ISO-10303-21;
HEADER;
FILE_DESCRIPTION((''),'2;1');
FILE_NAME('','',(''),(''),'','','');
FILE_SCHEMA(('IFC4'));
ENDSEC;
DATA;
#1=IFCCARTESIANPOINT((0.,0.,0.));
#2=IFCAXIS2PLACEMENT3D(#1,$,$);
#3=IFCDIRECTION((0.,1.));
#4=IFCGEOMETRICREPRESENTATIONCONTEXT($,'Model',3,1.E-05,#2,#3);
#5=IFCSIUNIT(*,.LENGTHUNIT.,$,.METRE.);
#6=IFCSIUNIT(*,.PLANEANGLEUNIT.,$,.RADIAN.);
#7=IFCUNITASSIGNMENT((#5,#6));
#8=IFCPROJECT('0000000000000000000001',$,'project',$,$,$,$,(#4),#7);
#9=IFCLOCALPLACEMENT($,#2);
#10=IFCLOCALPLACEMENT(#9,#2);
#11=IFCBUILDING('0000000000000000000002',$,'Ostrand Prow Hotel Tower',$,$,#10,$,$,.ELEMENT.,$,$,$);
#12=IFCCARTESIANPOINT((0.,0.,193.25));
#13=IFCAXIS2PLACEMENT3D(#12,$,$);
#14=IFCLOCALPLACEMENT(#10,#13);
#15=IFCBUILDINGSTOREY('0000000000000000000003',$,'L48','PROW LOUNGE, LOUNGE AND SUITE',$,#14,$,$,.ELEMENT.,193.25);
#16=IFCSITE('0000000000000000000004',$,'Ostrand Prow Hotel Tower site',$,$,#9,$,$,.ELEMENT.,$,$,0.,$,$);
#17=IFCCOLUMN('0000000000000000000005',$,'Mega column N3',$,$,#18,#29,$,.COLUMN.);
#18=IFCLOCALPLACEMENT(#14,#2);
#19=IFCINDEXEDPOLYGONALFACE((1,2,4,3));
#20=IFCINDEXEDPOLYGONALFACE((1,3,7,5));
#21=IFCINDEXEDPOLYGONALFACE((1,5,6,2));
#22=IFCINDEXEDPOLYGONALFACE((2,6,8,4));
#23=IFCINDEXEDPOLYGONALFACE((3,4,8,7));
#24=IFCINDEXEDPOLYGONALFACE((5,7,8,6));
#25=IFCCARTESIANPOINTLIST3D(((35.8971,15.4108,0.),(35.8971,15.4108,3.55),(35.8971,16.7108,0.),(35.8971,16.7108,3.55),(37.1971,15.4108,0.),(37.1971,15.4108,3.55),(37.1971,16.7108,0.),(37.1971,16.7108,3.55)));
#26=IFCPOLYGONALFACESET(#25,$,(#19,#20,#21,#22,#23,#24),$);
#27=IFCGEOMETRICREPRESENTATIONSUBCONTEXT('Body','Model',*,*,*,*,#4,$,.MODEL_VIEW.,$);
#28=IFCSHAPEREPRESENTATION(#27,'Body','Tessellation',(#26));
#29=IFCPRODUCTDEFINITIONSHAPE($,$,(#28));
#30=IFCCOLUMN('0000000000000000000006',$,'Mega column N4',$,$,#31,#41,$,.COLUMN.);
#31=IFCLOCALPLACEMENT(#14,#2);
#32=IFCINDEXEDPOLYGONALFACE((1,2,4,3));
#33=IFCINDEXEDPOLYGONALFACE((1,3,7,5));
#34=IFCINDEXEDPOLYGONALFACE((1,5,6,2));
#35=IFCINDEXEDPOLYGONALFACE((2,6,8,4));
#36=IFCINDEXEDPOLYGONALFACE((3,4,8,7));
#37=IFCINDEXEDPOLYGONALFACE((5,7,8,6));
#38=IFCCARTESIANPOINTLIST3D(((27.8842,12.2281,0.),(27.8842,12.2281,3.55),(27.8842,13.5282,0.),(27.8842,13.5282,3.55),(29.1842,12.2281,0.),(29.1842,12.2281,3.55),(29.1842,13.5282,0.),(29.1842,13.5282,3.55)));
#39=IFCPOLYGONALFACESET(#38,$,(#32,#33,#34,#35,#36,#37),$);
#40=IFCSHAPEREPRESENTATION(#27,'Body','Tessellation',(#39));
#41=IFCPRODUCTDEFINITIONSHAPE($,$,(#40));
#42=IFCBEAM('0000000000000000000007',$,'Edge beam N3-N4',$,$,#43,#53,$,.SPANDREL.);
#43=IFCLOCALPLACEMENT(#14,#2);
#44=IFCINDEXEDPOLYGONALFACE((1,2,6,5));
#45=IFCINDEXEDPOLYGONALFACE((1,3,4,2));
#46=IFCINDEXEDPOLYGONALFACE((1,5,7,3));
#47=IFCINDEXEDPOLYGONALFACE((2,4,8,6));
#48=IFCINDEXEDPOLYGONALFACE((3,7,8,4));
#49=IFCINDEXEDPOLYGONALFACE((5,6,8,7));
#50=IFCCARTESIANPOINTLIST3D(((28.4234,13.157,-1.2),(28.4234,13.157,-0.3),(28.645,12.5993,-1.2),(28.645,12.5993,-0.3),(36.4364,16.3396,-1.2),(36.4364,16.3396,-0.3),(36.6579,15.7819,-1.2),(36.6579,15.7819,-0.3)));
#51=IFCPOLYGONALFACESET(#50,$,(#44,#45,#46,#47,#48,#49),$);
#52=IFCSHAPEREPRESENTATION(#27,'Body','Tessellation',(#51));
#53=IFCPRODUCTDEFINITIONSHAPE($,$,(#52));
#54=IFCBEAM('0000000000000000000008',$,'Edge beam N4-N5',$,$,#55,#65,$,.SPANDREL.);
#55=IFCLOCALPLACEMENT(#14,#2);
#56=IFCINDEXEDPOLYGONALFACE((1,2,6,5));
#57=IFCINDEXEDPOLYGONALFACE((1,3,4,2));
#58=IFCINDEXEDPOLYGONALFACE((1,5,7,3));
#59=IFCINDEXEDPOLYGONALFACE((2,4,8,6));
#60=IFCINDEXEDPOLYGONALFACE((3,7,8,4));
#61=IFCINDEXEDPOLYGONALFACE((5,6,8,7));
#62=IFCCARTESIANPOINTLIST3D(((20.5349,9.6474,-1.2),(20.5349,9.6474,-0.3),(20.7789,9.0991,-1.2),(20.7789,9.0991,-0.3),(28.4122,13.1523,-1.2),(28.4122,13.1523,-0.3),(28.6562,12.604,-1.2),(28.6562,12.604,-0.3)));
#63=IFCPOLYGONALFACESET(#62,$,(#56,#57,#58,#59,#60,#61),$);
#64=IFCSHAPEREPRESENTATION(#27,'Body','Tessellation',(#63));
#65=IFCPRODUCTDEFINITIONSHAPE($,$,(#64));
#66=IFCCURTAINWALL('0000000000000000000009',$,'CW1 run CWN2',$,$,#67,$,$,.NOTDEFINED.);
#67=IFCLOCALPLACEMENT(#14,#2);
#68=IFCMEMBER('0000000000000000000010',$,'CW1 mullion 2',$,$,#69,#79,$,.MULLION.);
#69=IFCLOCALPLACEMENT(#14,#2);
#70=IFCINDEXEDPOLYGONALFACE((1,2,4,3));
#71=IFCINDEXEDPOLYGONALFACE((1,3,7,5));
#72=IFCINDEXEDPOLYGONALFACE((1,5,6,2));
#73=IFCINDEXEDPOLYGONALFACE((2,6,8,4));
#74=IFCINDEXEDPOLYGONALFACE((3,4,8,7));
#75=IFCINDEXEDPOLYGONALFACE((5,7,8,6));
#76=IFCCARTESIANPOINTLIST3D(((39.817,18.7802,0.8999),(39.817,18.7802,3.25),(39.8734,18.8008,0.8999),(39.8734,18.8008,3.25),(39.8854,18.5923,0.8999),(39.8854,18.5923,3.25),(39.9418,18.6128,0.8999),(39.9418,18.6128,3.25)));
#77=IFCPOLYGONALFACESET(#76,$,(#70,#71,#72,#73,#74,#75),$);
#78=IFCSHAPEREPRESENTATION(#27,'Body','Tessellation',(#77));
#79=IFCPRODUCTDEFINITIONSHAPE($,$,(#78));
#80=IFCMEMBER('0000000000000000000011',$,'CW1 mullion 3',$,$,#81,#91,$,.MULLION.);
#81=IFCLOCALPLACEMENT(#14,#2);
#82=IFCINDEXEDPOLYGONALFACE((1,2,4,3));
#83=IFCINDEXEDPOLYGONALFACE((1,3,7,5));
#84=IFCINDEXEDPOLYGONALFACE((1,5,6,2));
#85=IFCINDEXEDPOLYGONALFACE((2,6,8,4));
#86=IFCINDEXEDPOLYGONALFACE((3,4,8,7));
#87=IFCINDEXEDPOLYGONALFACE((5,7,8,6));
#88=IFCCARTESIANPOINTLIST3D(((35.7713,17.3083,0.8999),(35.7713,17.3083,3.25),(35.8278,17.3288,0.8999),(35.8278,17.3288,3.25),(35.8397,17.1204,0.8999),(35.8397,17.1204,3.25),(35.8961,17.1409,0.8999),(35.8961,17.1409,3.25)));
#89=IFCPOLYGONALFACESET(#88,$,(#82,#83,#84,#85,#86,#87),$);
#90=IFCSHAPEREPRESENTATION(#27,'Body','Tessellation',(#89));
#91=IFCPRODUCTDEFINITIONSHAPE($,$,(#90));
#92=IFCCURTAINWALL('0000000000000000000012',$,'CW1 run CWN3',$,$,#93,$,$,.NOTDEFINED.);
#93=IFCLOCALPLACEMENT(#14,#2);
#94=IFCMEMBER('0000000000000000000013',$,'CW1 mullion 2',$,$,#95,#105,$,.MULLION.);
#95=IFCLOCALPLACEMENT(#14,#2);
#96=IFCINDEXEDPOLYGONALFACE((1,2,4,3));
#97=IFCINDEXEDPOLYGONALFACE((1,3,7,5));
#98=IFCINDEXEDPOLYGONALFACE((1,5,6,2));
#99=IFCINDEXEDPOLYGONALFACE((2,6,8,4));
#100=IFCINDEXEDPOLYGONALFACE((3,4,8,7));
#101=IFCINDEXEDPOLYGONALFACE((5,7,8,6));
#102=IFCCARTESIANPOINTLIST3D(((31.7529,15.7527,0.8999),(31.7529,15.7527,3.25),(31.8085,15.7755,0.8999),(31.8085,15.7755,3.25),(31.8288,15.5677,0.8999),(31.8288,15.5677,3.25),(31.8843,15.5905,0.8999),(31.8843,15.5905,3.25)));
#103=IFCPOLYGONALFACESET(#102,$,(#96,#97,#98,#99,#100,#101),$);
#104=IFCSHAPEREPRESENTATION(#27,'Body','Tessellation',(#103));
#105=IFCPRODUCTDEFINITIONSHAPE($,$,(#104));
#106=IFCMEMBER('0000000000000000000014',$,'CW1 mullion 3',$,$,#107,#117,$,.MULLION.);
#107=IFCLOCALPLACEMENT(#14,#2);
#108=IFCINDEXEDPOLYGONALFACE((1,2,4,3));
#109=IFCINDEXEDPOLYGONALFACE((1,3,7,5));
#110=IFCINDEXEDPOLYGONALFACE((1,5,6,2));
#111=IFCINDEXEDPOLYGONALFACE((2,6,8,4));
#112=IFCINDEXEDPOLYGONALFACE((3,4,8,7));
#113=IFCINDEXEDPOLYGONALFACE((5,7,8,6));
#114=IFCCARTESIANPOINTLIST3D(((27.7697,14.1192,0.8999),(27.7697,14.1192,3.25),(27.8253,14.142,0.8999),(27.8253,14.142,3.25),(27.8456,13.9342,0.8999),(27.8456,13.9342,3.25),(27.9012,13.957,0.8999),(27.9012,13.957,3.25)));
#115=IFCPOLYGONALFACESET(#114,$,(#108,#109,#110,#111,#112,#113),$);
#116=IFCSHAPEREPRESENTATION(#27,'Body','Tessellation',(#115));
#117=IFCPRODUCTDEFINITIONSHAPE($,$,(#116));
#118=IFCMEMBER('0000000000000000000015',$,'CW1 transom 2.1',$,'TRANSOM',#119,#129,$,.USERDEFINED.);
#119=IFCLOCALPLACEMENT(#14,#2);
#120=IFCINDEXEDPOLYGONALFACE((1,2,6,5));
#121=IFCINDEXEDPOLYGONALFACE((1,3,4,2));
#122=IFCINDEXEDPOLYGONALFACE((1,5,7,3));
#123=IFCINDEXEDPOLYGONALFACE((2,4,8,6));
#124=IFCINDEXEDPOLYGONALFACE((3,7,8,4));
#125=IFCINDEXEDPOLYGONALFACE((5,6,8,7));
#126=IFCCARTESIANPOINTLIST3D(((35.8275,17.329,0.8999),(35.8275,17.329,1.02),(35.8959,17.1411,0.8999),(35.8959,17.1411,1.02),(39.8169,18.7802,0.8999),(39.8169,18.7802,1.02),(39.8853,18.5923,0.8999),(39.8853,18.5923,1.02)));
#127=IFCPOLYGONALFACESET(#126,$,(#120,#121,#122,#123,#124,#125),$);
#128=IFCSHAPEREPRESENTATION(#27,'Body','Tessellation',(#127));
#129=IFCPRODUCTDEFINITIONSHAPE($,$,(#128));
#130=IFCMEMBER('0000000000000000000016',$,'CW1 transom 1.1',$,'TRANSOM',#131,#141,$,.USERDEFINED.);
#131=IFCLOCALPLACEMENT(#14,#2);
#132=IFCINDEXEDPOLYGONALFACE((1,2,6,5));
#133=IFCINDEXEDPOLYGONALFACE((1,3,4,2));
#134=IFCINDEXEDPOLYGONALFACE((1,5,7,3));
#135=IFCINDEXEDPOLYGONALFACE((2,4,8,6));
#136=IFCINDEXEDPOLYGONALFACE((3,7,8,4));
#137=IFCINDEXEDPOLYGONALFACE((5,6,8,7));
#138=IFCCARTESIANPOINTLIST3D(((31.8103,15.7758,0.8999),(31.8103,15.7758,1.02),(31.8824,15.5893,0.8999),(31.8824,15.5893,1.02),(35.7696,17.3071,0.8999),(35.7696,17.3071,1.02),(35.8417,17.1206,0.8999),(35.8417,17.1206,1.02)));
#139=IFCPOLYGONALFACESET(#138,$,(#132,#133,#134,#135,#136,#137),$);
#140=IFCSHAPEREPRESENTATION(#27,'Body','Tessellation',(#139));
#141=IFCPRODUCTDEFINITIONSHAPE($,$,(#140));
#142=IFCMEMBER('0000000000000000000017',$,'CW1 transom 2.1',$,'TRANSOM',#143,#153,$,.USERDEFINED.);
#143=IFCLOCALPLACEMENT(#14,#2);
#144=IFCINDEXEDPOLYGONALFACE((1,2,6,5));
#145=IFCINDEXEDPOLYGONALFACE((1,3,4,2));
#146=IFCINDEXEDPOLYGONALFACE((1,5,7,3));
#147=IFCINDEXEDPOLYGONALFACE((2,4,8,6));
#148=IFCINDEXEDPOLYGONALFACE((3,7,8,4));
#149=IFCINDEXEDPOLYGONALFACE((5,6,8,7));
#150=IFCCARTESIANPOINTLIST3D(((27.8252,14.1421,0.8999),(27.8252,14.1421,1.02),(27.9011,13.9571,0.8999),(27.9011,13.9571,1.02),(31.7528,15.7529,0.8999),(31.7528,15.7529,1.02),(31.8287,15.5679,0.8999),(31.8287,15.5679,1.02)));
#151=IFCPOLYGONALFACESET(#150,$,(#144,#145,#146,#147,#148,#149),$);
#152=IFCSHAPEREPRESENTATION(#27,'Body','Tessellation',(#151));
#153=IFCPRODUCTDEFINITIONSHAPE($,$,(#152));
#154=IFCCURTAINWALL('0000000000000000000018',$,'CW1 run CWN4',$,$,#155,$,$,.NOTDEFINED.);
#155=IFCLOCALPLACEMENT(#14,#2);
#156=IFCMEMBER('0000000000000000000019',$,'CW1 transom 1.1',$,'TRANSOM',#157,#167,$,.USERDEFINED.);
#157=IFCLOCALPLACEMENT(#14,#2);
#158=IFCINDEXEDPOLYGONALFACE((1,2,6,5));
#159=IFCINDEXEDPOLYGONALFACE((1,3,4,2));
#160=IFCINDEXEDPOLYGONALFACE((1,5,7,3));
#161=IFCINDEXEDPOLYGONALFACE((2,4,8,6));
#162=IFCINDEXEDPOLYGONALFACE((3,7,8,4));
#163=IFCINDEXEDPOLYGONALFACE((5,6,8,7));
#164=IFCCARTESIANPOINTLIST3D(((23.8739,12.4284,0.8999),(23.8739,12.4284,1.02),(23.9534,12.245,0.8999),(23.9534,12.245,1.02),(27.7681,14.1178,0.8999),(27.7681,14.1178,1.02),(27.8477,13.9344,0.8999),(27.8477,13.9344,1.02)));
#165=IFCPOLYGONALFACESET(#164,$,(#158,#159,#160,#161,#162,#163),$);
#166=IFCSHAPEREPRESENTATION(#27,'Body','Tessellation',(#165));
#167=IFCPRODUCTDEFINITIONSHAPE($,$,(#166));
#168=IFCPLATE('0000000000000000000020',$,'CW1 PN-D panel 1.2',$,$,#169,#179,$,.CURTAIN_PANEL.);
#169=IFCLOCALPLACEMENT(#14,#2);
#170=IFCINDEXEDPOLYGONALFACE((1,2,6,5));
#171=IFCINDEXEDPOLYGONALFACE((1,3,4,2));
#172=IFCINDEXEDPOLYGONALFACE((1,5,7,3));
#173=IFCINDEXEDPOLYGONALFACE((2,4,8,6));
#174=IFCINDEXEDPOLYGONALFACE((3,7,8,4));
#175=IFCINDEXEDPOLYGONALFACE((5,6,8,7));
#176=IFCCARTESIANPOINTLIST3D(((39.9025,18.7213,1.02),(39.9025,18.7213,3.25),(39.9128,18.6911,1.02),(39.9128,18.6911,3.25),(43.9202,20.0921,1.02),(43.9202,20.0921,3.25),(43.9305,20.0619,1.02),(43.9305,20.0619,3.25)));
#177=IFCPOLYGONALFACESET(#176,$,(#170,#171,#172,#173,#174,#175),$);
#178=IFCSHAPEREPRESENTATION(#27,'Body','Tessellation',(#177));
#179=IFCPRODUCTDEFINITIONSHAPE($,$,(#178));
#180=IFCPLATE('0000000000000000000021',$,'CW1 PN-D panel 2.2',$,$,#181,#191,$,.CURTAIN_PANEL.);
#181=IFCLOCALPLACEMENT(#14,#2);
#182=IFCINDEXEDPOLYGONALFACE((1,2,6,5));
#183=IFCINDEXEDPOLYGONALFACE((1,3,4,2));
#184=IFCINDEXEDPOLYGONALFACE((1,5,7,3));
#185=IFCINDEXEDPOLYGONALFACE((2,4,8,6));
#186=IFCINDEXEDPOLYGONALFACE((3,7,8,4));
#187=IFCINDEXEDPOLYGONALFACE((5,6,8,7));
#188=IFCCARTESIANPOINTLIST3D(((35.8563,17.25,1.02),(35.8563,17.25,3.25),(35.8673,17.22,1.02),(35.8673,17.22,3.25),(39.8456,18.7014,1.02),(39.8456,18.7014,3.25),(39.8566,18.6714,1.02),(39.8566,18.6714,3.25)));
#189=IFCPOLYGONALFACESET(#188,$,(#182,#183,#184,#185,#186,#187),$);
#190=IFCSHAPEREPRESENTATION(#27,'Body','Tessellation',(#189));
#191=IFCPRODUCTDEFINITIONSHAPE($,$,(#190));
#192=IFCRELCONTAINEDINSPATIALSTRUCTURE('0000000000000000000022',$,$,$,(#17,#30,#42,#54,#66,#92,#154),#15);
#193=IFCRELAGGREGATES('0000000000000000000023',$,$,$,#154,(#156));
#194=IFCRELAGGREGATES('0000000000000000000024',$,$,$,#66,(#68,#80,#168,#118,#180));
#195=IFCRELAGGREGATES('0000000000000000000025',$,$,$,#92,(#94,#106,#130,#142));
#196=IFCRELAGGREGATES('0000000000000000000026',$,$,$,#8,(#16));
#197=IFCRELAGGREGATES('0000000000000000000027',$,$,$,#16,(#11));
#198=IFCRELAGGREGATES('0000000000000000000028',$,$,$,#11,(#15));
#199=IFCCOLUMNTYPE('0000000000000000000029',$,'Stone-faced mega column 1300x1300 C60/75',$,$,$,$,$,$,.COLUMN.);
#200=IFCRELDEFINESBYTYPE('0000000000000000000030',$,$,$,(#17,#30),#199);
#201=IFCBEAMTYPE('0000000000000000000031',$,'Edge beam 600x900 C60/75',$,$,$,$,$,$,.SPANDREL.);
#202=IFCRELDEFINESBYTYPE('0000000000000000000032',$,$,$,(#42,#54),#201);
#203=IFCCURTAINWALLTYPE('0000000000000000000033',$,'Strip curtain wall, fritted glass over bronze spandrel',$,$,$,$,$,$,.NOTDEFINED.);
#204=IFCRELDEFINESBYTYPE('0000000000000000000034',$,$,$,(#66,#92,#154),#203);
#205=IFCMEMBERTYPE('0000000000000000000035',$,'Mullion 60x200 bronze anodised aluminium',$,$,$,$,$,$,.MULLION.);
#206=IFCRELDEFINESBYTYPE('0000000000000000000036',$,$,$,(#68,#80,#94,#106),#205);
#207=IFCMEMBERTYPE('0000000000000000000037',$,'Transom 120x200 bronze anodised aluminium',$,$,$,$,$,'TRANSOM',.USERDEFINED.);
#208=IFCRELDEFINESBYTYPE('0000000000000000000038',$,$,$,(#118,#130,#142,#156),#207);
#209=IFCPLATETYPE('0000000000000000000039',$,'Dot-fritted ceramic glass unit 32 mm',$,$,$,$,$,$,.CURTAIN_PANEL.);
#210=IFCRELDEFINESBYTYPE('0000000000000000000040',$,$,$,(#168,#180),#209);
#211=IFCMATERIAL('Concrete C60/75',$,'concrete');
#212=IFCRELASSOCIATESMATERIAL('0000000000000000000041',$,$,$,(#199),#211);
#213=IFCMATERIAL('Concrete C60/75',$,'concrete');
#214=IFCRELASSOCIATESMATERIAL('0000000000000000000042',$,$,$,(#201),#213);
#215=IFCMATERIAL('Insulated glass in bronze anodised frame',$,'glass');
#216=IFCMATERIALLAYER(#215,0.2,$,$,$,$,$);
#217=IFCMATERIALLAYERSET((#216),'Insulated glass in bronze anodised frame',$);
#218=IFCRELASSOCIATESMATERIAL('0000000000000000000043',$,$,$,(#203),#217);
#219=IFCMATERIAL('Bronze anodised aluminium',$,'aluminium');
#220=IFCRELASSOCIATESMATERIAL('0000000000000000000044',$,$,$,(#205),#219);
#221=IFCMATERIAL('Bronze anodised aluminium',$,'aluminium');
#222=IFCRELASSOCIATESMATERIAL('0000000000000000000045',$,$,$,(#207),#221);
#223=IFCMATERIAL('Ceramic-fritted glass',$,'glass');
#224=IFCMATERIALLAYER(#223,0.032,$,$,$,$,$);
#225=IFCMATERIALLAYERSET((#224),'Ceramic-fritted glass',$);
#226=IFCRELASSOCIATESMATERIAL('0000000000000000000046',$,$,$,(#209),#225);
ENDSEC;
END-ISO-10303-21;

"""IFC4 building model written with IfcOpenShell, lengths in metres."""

from ifc_helpers import new_model, si_unit, direction, frame, origin, origin_2d, place, context, subcontext, project, spatial, rectangle, extrude, material, layer, layer_set, material_profile, profile_set, type_object, element, aggregate, save


model = new_model("IFC4")

# Units and contexts
model_context = context("Model", 3, precision=1e-05, world=origin(), true_north=direction((0.0, 1.0)))
body_context = subcontext(model_context, "Body", "Model", "MODEL_VIEW")
ifc_project = project(units=[si_unit("LENGTHUNIT", "METRE"), si_unit("PLANEANGLEUNIT", "RADIAN")], contexts=[model_context])

# Site, building, storey
site_placement = place(None, origin())
site = spatial("IfcSite", under=ifc_project, at=site_placement, Name="Ostrand Prow Hotel Tower site", CompositionType="ELEMENT", RefElevation=0.0)
building_placement = place(site_placement, origin())
building = spatial("IfcBuilding", under=site, at=building_placement, Name="Ostrand Prow Hotel Tower", CompositionType="ELEMENT")
storey_placement = place(building_placement, frame((0.0, 0.0, 193.25)))
storey = spatial("IfcBuildingStorey", under=building, at=storey_placement, Name="L48", Description="PROW LOUNGE, LOUNGE AND SUITE", CompositionType="ELEMENT", Elevation=193.25)

# Columns
ifc_material_1 = material(Name="Concrete C60/75", Category="concrete")
ifc_material_profile_1 = material_profile(ifc_material_1, rectangle(XDim=1.3, YDim=1.3, at=origin_2d()), Name="RC 1300x1300")
ifc_profile_set_1 = profile_set([ifc_material_profile_1], Name="Concrete C60/75")
column_type = type_object("IfcColumnType", Name="Stone-faced mega column 1300x1300 C60/75", PredefinedType="COLUMN", material=ifc_profile_set_1)
for number, where, z_axis, x_axis, name in (
    (1, (36.5471, 16.0608, 0.0), (0.0, 0.0, 1.0), (1.0, 0.0, 0.0), "Mega column N3"),
    (2, (28.5342, 12.8782, 0.0), (0.0, 0.0, 1.0), (1.0, 0.0, 0.0), "Mega column N4"),
):
    element("IfcColumn", number, at=place(storey_placement, frame(where, z_axis=z_axis, x_axis=x_axis)), inside=storey, type_object=column_type, Name=name, PredefinedType="COLUMN", context=body_context, shape_type="SweptSolid", body=[
        extrude(rectangle(XDim=1.3, YDim=1.3, at=origin_2d()), origin(), (0.0, 0.0, 1.0), 3.55),
    ])

# Beams
ifc_material_2 = material(Name="Concrete C60/75", Category="concrete")
ifc_material_profile_2 = material_profile(ifc_material_2, rectangle(XDim=0.6001, YDim=0.8999, at=origin_2d()), Name="RC 600x900")
ifc_profile_set_2 = profile_set([ifc_material_profile_2], Name="Concrete C60/75")
beam_type = type_object("IfcBeamType", Name="Edge beam 600x900 C60/75", PredefinedType="SPANDREL", material=ifc_profile_set_2)
for number, where, z_axis, x_axis, name in (
    (3, (36.5471, 16.0608, -0.75), (-0.929376, -0.369134, 0.0), (0.369134, -0.929376, 0.0), "Edge beam N3-N4"),
    (4, (28.5342, 12.8782, -0.75), (-0.913643, -0.406517, 0.0), (0.406517, -0.913643, 0.0), "Edge beam N4-N5"),
):
    element("IfcBeam", number, at=place(storey_placement, frame(where, z_axis=z_axis, x_axis=x_axis)), inside=storey, type_object=beam_type, Name=name, PredefinedType="SPANDREL", context=body_context, shape_type="SweptSolid", body=[
        extrude(rectangle(XDim=0.6001, YDim=0.8999, at=origin_2d()), origin(), (0.0, 0.0, 1.0), 8.6218),
    ])

# Curtain walls, members
ifc_material_3 = material(Name="Insulated glass in bronze anodised frame", Category="glass")
ifc_layer_1 = layer(ifc_material_3, 0.2)
ifc_layer_set_1 = layer_set([ifc_layer_1], Name="Insulated glass in bronze anodised frame")
curtain_wall_type = type_object("IfcCurtainWallType", Name="Strip curtain wall, fritted glass over bronze spandrel", PredefinedType="NOTDEFINED", material=ifc_layer_set_1)
curtain_wall_1_placement = place(storey_placement, origin())
curtain_wall_1 = element("IfcCurtainWall", 5, at=curtain_wall_1_placement, inside=storey, type_object=curtain_wall_type, Name="CW1 run CWN2", PredefinedType="NOTDEFINED")
ifc_material_4 = material(Name="Bronze anodised aluminium", Category="aluminium")
ifc_material_profile_3 = material_profile(ifc_material_4, rectangle(XDim=0.2, YDim=0.0601, at=origin_2d()), Name="Mullion 60x200 bronze anodised aluminium")
ifc_profile_set_3 = profile_set([ifc_material_profile_3], Name="Bronze anodised aluminium")
member_type_1 = type_object("IfcMemberType", Name="Mullion 60x200 bronze anodised aluminium", PredefinedType="MULLION", material=ifc_profile_set_3)
member_1_placement = place(storey_placement, frame((39.8794, 18.6965, 0.8999), z_axis=(0.0, 0.0, 1.0), x_axis=(0.341897, -0.939737, 0.0)))
member_1 = element("IfcMember", 6, at=member_1_placement, type_object=member_type_1, Name="CW1 mullion 2", PredefinedType="MULLION", context=body_context, shape_type="SweptSolid", body=[
    extrude(rectangle(XDim=0.2, YDim=0.0601, at=origin_2d()), origin(), (0.0, 0.0, 1.0), 2.3501),
])
member_2_placement = place(storey_placement, frame((35.8337, 17.2246, 0.8999), z_axis=(0.0, 0.0, 1.0), x_axis=(0.341897, -0.939737, 0.0)))
member_2 = element("IfcMember", 7, at=member_2_placement, type_object=member_type_1, Name="CW1 mullion 3", PredefinedType="MULLION", context=body_context, shape_type="SweptSolid", body=[
    extrude(rectangle(XDim=0.2, YDim=0.0601, at=origin_2d()), origin(), (0.0, 0.0, 1.0), 2.3501),
])
curtain_wall_2_placement = place(storey_placement, origin())
curtain_wall_2 = element("IfcCurtainWall", 8, at=curtain_wall_2_placement, inside=storey, type_object=curtain_wall_type, Name="CW1 run CWN3", PredefinedType="NOTDEFINED")
member_3_placement = place(storey_placement, frame((31.8186, 15.6716, 0.8999), z_axis=(0.0, 0.0, 1.0), x_axis=(0.379453, -0.925211, 0.0)))
member_3 = element("IfcMember", 9, at=member_3_placement, type_object=member_type_1, Name="CW1 mullion 2", PredefinedType="MULLION", context=body_context, shape_type="SweptSolid", body=[
    extrude(rectangle(XDim=0.2, YDim=0.0601, at=origin_2d()), origin(), (0.0, 0.0, 1.0), 2.3501),
])
member_4_placement = place(storey_placement, frame((27.8354, 14.0381, 0.8999), z_axis=(0.0, 0.0, 1.0), x_axis=(0.379453, -0.925211, 0.0)))
member_4 = element("IfcMember", 10, at=member_4_placement, type_object=member_type_1, Name="CW1 mullion 3", PredefinedType="MULLION", context=body_context, shape_type="SweptSolid", body=[
    extrude(rectangle(XDim=0.2, YDim=0.0601, at=origin_2d()), origin(), (0.0, 0.0, 1.0), 2.3501),
])

# Members
ifc_material_5 = material(Name="Bronze anodised aluminium", Category="aluminium")
ifc_material_profile_4 = material_profile(ifc_material_5, rectangle(XDim=0.2, YDim=0.1201, at=origin_2d()), Name="Transom 120x200 bronze anodised aluminium")
ifc_profile_set_4 = profile_set([ifc_material_profile_4], Name="Bronze anodised aluminium")
member_type_2 = type_object("IfcMemberType", Name="Transom 120x200 bronze anodised aluminium", ElementType="TRANSOM", PredefinedType="USERDEFINED", material=ifc_profile_set_4)
member_5_placement = place(storey_placement, frame((39.8511, 18.6863, 0.96), z_axis=(-0.939753, -0.341854, 0.0), x_axis=(0.341854, -0.939753, 0.0)))
member_5 = element("IfcMember", 11, at=member_5_placement, type_object=member_type_2, Name="CW1 transom 2.1", ObjectType="TRANSOM", PredefinedType="USERDEFINED", context=body_context, shape_type="SweptSolid", body=[
    extrude(rectangle(XDim=0.2, YDim=0.1201, at=origin_2d()), origin(), (0.0, 0.0, 1.0), 4.2451),
])
member_6_placement = place(storey_placement, frame((35.8057, 17.2139, 0.96), z_axis=(-0.932675, -0.360717, 0.0), x_axis=(0.360717, -0.932675, 0.0)))
member_6 = element("IfcMember", 12, at=member_6_placement, type_object=member_type_2, Name="CW1 transom 1.1", ObjectType="TRANSOM", PredefinedType="USERDEFINED", context=body_context, shape_type="SweptSolid", body=[
    extrude(rectangle(XDim=0.2, YDim=0.1201, at=origin_2d()), origin(), (0.0, 0.0, 1.0), 4.2451),
])
member_7_placement = place(storey_placement, frame((31.7908, 15.6604, 0.96), z_axis=(-0.925213, -0.379448, 0.0), x_axis=(0.379448, -0.925213, 0.0)))
member_7 = element("IfcMember", 13, at=member_7_placement, type_object=member_type_2, Name="CW1 transom 2.1", ObjectType="TRANSOM", PredefinedType="USERDEFINED", context=body_context, shape_type="SweptSolid", body=[
    extrude(rectangle(XDim=0.2, YDim=0.1201, at=origin_2d()), origin(), (0.0, 0.0, 1.0), 4.2451),
])

# Curtain wall, member
curtain_wall_3_placement = place(storey_placement, origin())
curtain_wall_3 = element("IfcCurtainWall", 14, at=curtain_wall_3_placement, inside=storey, type_object=curtain_wall_type, Name="CW1 run CWN4", PredefinedType="NOTDEFINED")
member_8_placement = place(storey_placement, frame((27.8079, 14.0261, 0.96), z_axis=(-0.91739, -0.39799, 0.0), x_axis=(0.39799, -0.91739, 0.0)))
member_8 = element("IfcMember", 15, at=member_8_placement, type_object=member_type_2, Name="CW1 transom 1.1", ObjectType="TRANSOM", PredefinedType="USERDEFINED", context=body_context, shape_type="SweptSolid", body=[
    extrude(rectangle(XDim=0.2, YDim=0.1201, at=origin_2d()), origin(), (0.0, 0.0, 1.0), 4.2449),
])
aggregate(curtain_wall_3, [member_8])

# Plates
ifc_material_6 = material(Name="Ceramic-fritted glass", Category="glass")
ifc_layer_2 = layer(ifc_material_6, 0.032)
ifc_layer_set_2 = layer_set([ifc_layer_2], Name="Ceramic-fritted glass")
plate_type_1 = type_object("IfcPlateType", Name="Dot-fritted ceramic glass unit 32 mm", PredefinedType="CURTAIN_PANEL", material=ifc_layer_set_2)
plate_1_placement = place(storey_placement, frame((41.9165, 19.3916, 1.02), z_axis=(0.0, 0.0, 1.0), x_axis=(-0.94643, -0.322908, 0.0)))
plate_1 = element("IfcPlate", 16, at=plate_1_placement, type_object=plate_type_1, Name="CW1 PN-D panel 1.2", PredefinedType="CURTAIN_PANEL", context=body_context, shape_type="SweptSolid", body=[
    extrude(rectangle(XDim=4.2451, YDim=0.032, at=origin_2d()), origin(), (0.0, 0.0, 1.0), 2.23),
])
plate_2_placement = place(storey_placement, frame((37.8564, 17.9607, 1.02), z_axis=(0.0, 0.0, 1.0), x_axis=(-0.939737, -0.341897, 0.0)))
plate_2 = element("IfcPlate", 17, at=plate_2_placement, type_object=plate_type_1, Name="CW1 PN-D panel 2.2", PredefinedType="CURTAIN_PANEL", context=body_context, shape_type="SweptSolid", body=[
    extrude(rectangle(XDim=4.2451, YDim=0.032, at=origin_2d()), origin(), (0.0, 0.0, 1.0), 2.23),
])
aggregate(curtain_wall_1, [member_1, member_2, plate_1, member_5, plate_2])
aggregate(curtain_wall_2, [member_3, member_4, member_6, member_7])

save(model, "model.ifc")
